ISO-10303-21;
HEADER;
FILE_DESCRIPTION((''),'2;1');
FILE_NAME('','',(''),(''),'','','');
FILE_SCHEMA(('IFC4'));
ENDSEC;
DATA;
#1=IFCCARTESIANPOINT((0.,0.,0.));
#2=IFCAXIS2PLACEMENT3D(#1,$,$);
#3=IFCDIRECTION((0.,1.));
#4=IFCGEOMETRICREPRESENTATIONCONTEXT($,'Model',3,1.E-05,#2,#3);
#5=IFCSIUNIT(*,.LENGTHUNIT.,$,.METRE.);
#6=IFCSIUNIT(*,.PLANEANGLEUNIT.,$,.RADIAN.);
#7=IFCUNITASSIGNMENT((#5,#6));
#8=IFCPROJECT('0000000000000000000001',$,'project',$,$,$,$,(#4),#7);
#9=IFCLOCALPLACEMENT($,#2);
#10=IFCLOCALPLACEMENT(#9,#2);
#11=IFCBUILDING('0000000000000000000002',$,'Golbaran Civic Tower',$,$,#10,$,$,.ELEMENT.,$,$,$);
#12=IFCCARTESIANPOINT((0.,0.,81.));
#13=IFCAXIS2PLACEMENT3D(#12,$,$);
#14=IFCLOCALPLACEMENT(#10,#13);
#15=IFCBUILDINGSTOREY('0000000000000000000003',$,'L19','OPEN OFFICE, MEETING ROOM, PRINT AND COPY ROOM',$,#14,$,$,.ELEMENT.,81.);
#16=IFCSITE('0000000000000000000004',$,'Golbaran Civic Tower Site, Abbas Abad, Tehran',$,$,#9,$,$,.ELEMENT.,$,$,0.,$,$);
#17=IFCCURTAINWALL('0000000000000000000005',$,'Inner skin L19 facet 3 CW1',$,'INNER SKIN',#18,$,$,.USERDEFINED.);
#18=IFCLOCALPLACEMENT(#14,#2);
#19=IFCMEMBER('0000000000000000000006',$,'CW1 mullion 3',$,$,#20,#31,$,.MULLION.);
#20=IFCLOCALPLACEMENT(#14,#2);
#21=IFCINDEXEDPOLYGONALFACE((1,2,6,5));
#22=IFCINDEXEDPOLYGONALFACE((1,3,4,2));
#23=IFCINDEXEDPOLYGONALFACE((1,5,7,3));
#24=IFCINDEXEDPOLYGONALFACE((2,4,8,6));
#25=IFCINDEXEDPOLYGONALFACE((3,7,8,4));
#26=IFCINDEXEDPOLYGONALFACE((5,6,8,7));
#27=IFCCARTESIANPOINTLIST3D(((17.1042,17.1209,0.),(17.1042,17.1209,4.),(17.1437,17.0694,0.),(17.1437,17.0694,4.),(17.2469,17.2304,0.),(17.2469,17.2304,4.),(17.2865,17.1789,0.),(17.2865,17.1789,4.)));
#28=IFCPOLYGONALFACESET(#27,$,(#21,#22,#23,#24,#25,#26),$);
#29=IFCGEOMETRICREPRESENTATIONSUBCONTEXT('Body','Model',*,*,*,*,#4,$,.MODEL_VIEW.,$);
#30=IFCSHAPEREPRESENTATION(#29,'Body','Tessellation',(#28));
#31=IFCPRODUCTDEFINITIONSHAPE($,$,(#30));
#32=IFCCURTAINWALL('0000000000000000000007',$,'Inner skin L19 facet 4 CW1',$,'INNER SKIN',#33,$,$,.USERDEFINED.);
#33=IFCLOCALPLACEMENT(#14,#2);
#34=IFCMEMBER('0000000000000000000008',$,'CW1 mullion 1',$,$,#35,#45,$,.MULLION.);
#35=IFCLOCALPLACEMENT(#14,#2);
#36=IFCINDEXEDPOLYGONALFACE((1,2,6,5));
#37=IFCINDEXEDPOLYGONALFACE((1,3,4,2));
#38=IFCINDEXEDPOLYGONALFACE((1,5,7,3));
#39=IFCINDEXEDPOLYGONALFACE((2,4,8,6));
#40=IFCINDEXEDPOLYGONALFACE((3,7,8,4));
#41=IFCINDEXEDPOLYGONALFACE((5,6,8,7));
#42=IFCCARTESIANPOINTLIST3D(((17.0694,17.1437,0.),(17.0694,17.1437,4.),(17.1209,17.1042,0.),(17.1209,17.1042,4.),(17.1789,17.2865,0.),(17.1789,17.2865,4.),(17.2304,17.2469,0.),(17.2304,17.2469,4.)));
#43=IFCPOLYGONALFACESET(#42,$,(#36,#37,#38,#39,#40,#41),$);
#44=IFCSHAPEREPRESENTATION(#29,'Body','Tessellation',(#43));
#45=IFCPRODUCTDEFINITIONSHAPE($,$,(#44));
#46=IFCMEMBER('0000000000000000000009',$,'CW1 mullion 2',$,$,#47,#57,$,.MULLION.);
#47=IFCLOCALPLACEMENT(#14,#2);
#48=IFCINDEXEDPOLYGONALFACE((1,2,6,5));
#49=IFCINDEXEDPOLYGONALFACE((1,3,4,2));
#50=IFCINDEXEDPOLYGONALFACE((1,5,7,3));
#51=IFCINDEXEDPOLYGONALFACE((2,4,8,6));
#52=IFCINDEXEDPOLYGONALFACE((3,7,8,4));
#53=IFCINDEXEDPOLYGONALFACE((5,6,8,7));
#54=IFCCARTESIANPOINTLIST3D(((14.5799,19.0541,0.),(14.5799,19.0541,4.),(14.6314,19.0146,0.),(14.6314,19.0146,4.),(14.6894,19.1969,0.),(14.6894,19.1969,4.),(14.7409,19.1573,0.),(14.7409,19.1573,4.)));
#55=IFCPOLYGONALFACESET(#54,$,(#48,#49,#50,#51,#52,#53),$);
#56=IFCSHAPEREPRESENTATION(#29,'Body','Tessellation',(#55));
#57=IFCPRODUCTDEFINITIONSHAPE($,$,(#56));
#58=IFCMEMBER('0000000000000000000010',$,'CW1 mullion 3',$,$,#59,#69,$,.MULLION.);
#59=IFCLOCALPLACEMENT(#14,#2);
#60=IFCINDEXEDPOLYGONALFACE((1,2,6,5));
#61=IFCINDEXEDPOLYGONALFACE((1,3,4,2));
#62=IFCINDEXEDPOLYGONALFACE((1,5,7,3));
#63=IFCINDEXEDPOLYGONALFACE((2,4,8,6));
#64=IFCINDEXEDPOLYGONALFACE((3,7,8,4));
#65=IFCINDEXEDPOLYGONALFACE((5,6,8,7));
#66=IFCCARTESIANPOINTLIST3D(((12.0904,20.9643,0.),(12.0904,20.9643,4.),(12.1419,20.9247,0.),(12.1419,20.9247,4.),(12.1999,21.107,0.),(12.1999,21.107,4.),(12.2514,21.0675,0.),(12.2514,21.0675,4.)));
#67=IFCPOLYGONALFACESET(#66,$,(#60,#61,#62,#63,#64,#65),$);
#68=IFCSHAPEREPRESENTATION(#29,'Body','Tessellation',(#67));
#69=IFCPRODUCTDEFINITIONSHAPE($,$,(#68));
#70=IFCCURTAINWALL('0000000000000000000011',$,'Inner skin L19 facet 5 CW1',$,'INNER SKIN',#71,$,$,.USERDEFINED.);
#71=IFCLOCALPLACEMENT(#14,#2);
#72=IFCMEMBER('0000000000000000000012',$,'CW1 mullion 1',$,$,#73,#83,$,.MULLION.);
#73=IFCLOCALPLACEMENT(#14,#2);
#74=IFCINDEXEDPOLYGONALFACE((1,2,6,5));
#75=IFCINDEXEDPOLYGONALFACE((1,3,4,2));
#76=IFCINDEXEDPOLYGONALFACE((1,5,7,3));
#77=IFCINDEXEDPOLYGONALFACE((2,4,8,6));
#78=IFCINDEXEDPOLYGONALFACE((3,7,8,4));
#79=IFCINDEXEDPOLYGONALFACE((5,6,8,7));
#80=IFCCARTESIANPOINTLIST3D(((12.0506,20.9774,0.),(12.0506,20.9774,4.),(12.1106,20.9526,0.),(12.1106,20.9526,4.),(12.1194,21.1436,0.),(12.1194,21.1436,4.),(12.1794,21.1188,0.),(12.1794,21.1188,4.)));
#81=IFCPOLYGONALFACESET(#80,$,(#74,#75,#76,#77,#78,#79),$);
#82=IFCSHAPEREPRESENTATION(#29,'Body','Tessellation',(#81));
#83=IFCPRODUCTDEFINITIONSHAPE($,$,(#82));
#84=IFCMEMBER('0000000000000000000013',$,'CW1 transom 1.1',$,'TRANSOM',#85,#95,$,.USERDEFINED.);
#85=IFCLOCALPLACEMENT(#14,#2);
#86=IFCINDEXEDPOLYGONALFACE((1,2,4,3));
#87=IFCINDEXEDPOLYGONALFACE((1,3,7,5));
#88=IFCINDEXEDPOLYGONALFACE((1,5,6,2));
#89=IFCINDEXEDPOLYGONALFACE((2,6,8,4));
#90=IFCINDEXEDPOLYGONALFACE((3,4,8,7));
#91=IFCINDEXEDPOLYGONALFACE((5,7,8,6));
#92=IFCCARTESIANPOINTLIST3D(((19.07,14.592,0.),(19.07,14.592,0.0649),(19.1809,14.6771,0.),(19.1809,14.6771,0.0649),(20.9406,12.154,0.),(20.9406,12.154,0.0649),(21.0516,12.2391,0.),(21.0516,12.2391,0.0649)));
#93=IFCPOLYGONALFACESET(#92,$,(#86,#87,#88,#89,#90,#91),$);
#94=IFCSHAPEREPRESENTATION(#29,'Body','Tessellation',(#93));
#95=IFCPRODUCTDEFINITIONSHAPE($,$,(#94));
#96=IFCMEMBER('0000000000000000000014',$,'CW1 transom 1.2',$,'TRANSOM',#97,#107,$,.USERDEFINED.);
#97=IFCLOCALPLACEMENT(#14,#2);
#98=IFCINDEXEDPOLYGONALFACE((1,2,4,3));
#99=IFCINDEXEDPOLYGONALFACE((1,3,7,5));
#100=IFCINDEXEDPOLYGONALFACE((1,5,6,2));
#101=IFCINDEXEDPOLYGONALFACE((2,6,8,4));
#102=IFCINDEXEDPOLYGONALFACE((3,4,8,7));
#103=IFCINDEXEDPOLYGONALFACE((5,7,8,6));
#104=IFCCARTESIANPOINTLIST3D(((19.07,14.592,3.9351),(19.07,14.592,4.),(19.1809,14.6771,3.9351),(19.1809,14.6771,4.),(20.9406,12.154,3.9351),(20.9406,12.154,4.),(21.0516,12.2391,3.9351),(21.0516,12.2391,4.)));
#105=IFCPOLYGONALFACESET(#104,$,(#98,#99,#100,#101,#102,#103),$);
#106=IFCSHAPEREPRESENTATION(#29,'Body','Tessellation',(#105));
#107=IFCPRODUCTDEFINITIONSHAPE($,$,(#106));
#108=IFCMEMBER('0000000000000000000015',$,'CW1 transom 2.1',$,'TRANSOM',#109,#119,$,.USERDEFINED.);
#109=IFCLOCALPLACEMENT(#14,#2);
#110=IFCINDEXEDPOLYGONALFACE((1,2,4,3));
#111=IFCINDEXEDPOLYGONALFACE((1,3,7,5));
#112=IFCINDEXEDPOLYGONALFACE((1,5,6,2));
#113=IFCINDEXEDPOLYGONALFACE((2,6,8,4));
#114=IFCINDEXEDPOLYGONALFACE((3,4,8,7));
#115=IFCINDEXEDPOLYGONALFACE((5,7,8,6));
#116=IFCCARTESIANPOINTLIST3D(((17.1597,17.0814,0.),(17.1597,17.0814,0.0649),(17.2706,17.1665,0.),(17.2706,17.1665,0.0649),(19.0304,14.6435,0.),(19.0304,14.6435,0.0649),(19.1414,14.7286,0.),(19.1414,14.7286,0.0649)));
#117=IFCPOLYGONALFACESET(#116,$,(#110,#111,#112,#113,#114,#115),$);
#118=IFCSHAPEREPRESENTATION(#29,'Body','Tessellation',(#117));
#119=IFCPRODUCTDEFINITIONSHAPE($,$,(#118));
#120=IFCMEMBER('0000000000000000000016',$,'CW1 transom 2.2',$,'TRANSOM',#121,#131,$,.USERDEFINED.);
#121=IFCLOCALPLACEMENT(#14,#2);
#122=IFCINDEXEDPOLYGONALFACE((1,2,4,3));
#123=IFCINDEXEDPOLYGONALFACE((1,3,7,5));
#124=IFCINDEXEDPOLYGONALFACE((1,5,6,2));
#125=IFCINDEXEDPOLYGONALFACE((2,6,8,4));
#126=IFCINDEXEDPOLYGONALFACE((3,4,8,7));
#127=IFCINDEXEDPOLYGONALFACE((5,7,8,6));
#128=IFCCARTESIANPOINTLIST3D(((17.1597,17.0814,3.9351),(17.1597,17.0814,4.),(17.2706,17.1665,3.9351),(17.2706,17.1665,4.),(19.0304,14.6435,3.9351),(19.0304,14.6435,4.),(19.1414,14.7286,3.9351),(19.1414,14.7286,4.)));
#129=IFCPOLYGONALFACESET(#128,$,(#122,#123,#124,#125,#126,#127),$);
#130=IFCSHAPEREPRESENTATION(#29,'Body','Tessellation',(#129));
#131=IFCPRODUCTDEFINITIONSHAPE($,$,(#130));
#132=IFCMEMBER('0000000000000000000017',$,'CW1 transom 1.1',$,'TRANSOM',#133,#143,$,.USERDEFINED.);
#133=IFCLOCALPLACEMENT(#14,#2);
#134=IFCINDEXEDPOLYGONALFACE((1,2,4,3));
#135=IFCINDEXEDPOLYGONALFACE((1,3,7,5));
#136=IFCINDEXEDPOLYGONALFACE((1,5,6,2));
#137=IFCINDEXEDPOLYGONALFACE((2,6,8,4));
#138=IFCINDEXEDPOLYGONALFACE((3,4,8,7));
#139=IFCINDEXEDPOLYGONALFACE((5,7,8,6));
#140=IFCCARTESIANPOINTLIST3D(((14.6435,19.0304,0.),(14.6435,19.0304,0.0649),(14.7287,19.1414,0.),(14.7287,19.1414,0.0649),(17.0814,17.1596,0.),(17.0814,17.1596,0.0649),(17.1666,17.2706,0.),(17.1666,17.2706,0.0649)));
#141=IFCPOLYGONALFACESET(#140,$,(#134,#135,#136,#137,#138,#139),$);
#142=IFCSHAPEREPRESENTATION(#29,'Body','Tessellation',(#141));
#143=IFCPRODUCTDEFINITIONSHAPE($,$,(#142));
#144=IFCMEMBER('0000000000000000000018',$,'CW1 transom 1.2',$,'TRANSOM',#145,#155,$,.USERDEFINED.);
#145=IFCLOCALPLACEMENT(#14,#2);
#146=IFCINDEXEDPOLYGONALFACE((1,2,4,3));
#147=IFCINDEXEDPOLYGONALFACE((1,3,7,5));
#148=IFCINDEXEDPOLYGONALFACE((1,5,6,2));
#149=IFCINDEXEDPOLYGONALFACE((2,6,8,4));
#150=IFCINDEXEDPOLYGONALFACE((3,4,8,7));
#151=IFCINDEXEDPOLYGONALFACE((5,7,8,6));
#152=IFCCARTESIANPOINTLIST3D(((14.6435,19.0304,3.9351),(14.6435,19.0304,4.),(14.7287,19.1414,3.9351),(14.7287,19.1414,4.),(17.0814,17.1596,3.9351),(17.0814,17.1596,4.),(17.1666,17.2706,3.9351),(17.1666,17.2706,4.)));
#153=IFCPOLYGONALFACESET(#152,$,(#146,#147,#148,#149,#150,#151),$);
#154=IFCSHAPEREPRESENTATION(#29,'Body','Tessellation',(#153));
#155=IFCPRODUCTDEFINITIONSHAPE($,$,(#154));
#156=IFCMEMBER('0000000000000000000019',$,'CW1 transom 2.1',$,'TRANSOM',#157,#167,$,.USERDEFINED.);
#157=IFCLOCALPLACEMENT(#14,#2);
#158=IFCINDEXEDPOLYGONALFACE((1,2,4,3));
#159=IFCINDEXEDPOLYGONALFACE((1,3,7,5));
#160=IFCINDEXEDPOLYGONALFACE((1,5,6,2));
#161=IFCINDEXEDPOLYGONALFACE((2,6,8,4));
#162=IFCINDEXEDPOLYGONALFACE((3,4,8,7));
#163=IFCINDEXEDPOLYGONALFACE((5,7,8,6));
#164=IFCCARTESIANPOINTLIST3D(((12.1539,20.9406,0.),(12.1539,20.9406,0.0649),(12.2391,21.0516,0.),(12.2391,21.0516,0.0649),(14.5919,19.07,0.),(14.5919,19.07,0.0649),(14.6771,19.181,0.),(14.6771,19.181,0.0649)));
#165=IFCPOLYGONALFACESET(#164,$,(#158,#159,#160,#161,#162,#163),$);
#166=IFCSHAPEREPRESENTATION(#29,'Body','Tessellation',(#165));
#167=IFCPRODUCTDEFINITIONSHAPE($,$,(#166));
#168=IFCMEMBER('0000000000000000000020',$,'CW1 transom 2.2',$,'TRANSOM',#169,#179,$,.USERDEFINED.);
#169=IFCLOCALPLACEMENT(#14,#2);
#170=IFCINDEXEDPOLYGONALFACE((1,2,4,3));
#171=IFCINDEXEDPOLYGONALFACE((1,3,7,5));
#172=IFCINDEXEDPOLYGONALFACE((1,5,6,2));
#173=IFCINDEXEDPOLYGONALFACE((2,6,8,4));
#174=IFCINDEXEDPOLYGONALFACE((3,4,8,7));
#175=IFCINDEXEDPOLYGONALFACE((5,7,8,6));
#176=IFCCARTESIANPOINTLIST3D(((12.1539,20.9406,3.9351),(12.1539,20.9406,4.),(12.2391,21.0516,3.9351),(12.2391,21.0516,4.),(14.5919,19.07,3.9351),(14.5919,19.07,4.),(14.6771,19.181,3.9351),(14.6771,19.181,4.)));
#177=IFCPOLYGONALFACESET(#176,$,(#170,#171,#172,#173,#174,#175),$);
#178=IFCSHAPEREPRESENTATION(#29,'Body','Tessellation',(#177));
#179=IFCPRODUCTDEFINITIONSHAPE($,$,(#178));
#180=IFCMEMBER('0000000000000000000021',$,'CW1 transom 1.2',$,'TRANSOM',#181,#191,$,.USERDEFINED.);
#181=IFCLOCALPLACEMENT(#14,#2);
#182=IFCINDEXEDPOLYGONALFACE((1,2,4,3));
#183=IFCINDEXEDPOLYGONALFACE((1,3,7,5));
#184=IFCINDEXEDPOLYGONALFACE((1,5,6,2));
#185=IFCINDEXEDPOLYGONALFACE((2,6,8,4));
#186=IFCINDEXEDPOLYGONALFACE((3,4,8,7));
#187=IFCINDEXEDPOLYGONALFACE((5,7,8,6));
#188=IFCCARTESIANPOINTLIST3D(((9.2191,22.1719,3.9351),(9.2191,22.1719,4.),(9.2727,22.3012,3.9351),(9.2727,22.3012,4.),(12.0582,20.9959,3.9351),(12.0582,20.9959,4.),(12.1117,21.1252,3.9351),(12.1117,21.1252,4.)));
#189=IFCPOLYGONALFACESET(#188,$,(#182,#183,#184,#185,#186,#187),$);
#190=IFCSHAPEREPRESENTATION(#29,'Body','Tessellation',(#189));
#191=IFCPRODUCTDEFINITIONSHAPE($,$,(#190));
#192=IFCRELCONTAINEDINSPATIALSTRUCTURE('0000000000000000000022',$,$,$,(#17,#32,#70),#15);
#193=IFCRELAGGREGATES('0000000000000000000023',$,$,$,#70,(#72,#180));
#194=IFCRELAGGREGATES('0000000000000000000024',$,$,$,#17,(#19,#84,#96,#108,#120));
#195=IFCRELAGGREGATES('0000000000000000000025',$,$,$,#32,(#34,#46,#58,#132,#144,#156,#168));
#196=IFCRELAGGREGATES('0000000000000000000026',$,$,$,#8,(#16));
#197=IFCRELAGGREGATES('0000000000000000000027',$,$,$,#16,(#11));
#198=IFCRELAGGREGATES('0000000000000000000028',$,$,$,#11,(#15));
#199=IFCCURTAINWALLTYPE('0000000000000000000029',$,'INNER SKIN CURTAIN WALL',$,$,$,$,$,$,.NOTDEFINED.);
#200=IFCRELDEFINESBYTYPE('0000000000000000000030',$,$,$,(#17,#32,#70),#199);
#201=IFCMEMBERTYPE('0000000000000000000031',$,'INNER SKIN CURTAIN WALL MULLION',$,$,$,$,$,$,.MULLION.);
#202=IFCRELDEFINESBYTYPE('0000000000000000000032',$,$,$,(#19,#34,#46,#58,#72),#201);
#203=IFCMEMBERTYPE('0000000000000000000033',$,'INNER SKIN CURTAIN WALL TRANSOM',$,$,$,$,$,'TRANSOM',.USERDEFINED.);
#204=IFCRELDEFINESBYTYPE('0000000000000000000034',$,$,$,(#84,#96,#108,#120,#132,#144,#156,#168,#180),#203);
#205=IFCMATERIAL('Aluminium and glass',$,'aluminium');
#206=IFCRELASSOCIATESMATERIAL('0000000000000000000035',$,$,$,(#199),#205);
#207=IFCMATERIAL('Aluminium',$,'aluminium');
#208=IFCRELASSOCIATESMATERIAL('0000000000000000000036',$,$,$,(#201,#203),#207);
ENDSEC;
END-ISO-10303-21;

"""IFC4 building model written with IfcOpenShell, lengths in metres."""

from ifc_helpers import new_model, si_unit, direction, frame, origin, origin_2d, place, context, subcontext, project, spatial, rectangle, extrude, material, material_profile, profile_set, type_object, element, aggregate, save


model = new_model("IFC4")

# Units and contexts
model_context = context("Model", 3, precision=1e-05, world=origin(), true_north=direction((0.0, 1.0)))
body_context = subcontext(model_context, "Body", "Model", "MODEL_VIEW")
ifc_project = project(units=[si_unit("LENGTHUNIT", "METRE"), si_unit("PLANEANGLEUNIT", "RADIAN")], contexts=[model_context])

# Site, building, storey
site_placement = place(None, origin())
site = spatial("IfcSite", under=ifc_project, at=site_placement, Name="Golbaran Civic Tower Site, Abbas Abad, Tehran", CompositionType="ELEMENT", RefElevation=0.0)
building_placement = place(site_placement, origin())
building = spatial("IfcBuilding", under=site, at=building_placement, Name="Golbaran Civic Tower", CompositionType="ELEMENT")
storey_placement = place(building_placement, frame((0.0, 0.0, 81.0)))
storey = spatial("IfcBuildingStorey", under=building, at=storey_placement, Name="L19", Description="OPEN OFFICE, MEETING ROOM, PRINT AND COPY ROOM", CompositionType="ELEMENT", Elevation=81.0)

# Shared definitions
ifc_material_1 = material(Name="Aluminium and glass", Category="aluminium")
curtain_wall_type = type_object("IfcCurtainWallType", Name="INNER SKIN CURTAIN WALL", PredefinedType="NOTDEFINED", material=ifc_material_1)
ifc_material_2 = material(Name="Aluminium", Category="aluminium")
ifc_material_profile_1 = material_profile(ifc_material_2, rectangle(XDim=0.1799, YDim=0.0649, at=origin_2d()), Name="INNER SKIN CURTAIN WALL MULLION")
ifc_profile_set_1 = profile_set([ifc_material_profile_1], Name="Aluminium")
member_type_1 = type_object("IfcMemberType", Name="INNER SKIN CURTAIN WALL MULLION", PredefinedType="MULLION", material=ifc_profile_set_1)

# Curtain walls, members
curtain_wall_1_placement = place(storey_placement, origin())
curtain_wall_1 = element("IfcCurtainWall", 1, at=curtain_wall_1_placement, inside=storey, type_object=curtain_wall_type, Name="Inner skin L19 facet 3 CW1", ObjectType="INNER SKIN", PredefinedType="USERDEFINED")
member_1_placement = place(storey_placement, frame((17.1953, 17.1499, 0.0), z_axis=(0.0, 0.0, 1.0), x_axis=(-0.793353, -0.608761, 0.0)))
member_1 = element("IfcMember", 2, at=member_1_placement, type_object=member_type_1, Name="CW1 mullion 3", PredefinedType="MULLION", context=body_context, shape_type="SweptSolid", body=[
    extrude(rectangle(XDim=0.1799, YDim=0.0649, at=origin_2d()), origin(), (0.0, 0.0, 1.0), 4.0),
])
curtain_wall_2_placement = place(storey_placement, origin())
curtain_wall_2 = element("IfcCurtainWall", 3, at=curtain_wall_2_placement, inside=storey, type_object=curtain_wall_type, Name="Inner skin L19 facet 4 CW1", ObjectType="INNER SKIN", PredefinedType="USERDEFINED")
member_2_placement = place(storey_placement, frame((17.1499, 17.1953, 0.0), z_axis=(0.0, 0.0, 1.0), x_axis=(-0.608761, -0.793353, 0.0)))
member_2 = element("IfcMember", 4, at=member_2_placement, type_object=member_type_1, Name="CW1 mullion 1", PredefinedType="MULLION", context=body_context, shape_type="SweptSolid", body=[
    extrude(rectangle(XDim=0.1799, YDim=0.0649, at=origin_2d()), origin(), (0.0, 0.0, 1.0), 4.0),
])
member_3_placement = place(storey_placement, frame((14.6604, 19.1057, 0.0), z_axis=(0.0, 0.0, 1.0), x_axis=(-0.608761, -0.793353, 0.0)))
member_3 = element("IfcMember", 5, at=member_3_placement, type_object=member_type_1, Name="CW1 mullion 2", PredefinedType="MULLION", context=body_context, shape_type="SweptSolid", body=[
    extrude(rectangle(XDim=0.1799, YDim=0.0649, at=origin_2d()), origin(), (0.0, 0.0, 1.0), 4.0),
])
member_4_placement = place(storey_placement, frame((12.1709, 21.0159, 0.0), z_axis=(0.0, 0.0, 1.0), x_axis=(-0.608761, -0.793353, 0.0)))
member_4 = element("IfcMember", 6, at=member_4_placement, type_object=member_type_1, Name="CW1 mullion 3", PredefinedType="MULLION", context=body_context, shape_type="SweptSolid", body=[
    extrude(rectangle(XDim=0.1799, YDim=0.0649, at=origin_2d()), origin(), (0.0, 0.0, 1.0), 4.0),
])

# Curtain wall, member
curtain_wall_3_placement = place(storey_placement, origin())
curtain_wall_3 = element("IfcCurtainWall", 7, at=curtain_wall_3_placement, inside=storey, type_object=curtain_wall_type, Name="Inner skin L19 facet 5 CW1", ObjectType="INNER SKIN", PredefinedType="USERDEFINED")
member_5_placement = place(storey_placement, frame((12.115, 21.0481, 0.0), z_axis=(0.0, 0.0, 1.0), x_axis=(-0.382683, -0.92388, 0.0)))
member_5 = element("IfcMember", 8, at=member_5_placement, type_object=member_type_1, Name="CW1 mullion 1", PredefinedType="MULLION", context=body_context, shape_type="SweptSolid", body=[
    extrude(rectangle(XDim=0.1799, YDim=0.0649, at=origin_2d()), origin(), (0.0, 0.0, 1.0), 4.0),
])

# Members
ifc_material_profile_2 = material_profile(ifc_material_2, rectangle(XDim=0.1399, YDim=0.0649, at=origin_2d()), Name="INNER SKIN CURTAIN WALL TRANSOM")
ifc_profile_set_2 = profile_set([ifc_material_profile_2], Name="Aluminium")
member_type_2 = type_object("IfcMemberType", Name="INNER SKIN CURTAIN WALL TRANSOM", ElementType="TRANSOM", PredefinedType="USERDEFINED", material=ifc_profile_set_2)
member_6_placement = place(storey_placement, frame((20.9961, 12.1965, 0.0325), z_axis=(-0.608735, 0.793374, 0.0), x_axis=(-0.793374, -0.608735, 0.0)))
member_6 = element("IfcMember", 9, at=member_6_placement, type_object=member_type_2, Name="CW1 transom 1.1", ObjectType="TRANSOM", PredefinedType="USERDEFINED", context=body_context, shape_type="SweptSolid", body=[
    extrude(rectangle(XDim=0.1399, YDim=0.0649, at=origin_2d()), origin(), (0.0, 0.0, 1.0), 3.073),
])
member_7_placement = place(storey_placement, frame((20.9961, 12.1965, 3.9675), z_axis=(-0.608735, 0.793374, 0.0), x_axis=(-0.793374, -0.608735, 0.0)))
member_7 = element("IfcMember", 10, at=member_7_placement, type_object=member_type_2, Name="CW1 transom 1.2", ObjectType="TRANSOM", PredefinedType="USERDEFINED", context=body_context, shape_type="SweptSolid", body=[
    extrude(rectangle(XDim=0.1399, YDim=0.0649, at=origin_2d()), origin(), (0.0, 0.0, 1.0), 3.073),
])
member_8_placement = place(storey_placement, frame((19.0859, 14.686, 0.0325), z_axis=(-0.608785, 0.793335, 0.0), x_axis=(-0.793335, -0.608785, 0.0)))
member_8 = element("IfcMember", 11, at=member_8_placement, type_object=member_type_2, Name="CW1 transom 2.1", ObjectType="TRANSOM", PredefinedType="USERDEFINED", context=body_context, shape_type="SweptSolid", body=[
    extrude(rectangle(XDim=0.1399, YDim=0.0649, at=origin_2d()), origin(), (0.0, 0.0, 1.0), 3.073),
])
member_9_placement = place(storey_placement, frame((19.0859, 14.686, 3.9675), z_axis=(-0.608785, 0.793335, 0.0), x_axis=(-0.793335, -0.608785, 0.0)))
member_9 = element("IfcMember", 12, at=member_9_placement, type_object=member_type_2, Name="CW1 transom 2.2", ObjectType="TRANSOM", PredefinedType="USERDEFINED", context=body_context, shape_type="SweptSolid", body=[
    extrude(rectangle(XDim=0.1399, YDim=0.0649, at=origin_2d()), origin(), (0.0, 0.0, 1.0), 3.073),
])
member_10_placement = place(storey_placement, frame((17.124, 17.2151, 0.0325), z_axis=(-0.793335, 0.608785, 0.0), x_axis=(-0.608785, -0.793335, 0.0)))
member_10 = element("IfcMember", 13, at=member_10_placement, type_object=member_type_2, Name="CW1 transom 1.1", ObjectType="TRANSOM", PredefinedType="USERDEFINED", context=body_context, shape_type="SweptSolid", body=[
    extrude(rectangle(XDim=0.1399, YDim=0.0649, at=origin_2d()), origin(), (0.0, 0.0, 1.0), 3.073),
])
member_11_placement = place(storey_placement, frame((17.124, 17.2151, 3.9675), z_axis=(-0.793335, 0.608785, 0.0), x_axis=(-0.608785, -0.793335, 0.0)))
member_11 = element("IfcMember", 14, at=member_11_placement, type_object=member_type_2, Name="CW1 transom 1.2", ObjectType="TRANSOM", PredefinedType="USERDEFINED", context=body_context, shape_type="SweptSolid", body=[
    extrude(rectangle(XDim=0.1399, YDim=0.0649, at=origin_2d()), origin(), (0.0, 0.0, 1.0), 3.073),
])
member_12_placement = place(storey_placement, frame((14.6345, 19.1255, 0.0325), z_axis=(-0.793374, 0.608735, 0.0), x_axis=(-0.608735, -0.793374, 0.0)))
member_12 = element("IfcMember", 15, at=member_12_placement, type_object=member_type_2, Name="CW1 transom 2.1", ObjectType="TRANSOM", PredefinedType="USERDEFINED", context=body_context, shape_type="SweptSolid", body=[
    extrude(rectangle(XDim=0.1399, YDim=0.0649, at=origin_2d()), origin(), (0.0, 0.0, 1.0), 3.073),
])
member_13_placement = place(storey_placement, frame((14.6345, 19.1255, 3.9675), z_axis=(-0.793374, 0.608735, 0.0), x_axis=(-0.608735, -0.793374, 0.0)))
member_13 = element("IfcMember", 16, at=member_13_placement, type_object=member_type_2, Name="CW1 transom 2.2", ObjectType="TRANSOM", PredefinedType="USERDEFINED", context=body_context, shape_type="SweptSolid", body=[
    extrude(rectangle(XDim=0.1399, YDim=0.0649, at=origin_2d()), origin(), (0.0, 0.0, 1.0), 3.073),
])
member_14_placement = place(storey_placement, frame((12.085, 21.0605, 3.9675), z_axis=(-0.923876, 0.382691, 0.0), x_axis=(-0.382691, -0.923876, 0.0)))
member_14 = element("IfcMember", 17, at=member_14_placement, type_object=member_type_2, Name="CW1 transom 1.2", ObjectType="TRANSOM", PredefinedType="USERDEFINED", context=body_context, shape_type="SweptSolid", body=[
    extrude(rectangle(XDim=0.1399, YDim=0.0649, at=origin_2d()), origin(), (0.0, 0.0, 1.0), 3.073),
])
aggregate(curtain_wall_3, [member_5, member_14])

aggregate(curtain_wall_1, [member_1, member_6, member_7, member_8, member_9])
aggregate(curtain_wall_2, [member_2, member_3, member_4, member_10, member_11, member_12, member_13])

save(model, "model.ifc")
